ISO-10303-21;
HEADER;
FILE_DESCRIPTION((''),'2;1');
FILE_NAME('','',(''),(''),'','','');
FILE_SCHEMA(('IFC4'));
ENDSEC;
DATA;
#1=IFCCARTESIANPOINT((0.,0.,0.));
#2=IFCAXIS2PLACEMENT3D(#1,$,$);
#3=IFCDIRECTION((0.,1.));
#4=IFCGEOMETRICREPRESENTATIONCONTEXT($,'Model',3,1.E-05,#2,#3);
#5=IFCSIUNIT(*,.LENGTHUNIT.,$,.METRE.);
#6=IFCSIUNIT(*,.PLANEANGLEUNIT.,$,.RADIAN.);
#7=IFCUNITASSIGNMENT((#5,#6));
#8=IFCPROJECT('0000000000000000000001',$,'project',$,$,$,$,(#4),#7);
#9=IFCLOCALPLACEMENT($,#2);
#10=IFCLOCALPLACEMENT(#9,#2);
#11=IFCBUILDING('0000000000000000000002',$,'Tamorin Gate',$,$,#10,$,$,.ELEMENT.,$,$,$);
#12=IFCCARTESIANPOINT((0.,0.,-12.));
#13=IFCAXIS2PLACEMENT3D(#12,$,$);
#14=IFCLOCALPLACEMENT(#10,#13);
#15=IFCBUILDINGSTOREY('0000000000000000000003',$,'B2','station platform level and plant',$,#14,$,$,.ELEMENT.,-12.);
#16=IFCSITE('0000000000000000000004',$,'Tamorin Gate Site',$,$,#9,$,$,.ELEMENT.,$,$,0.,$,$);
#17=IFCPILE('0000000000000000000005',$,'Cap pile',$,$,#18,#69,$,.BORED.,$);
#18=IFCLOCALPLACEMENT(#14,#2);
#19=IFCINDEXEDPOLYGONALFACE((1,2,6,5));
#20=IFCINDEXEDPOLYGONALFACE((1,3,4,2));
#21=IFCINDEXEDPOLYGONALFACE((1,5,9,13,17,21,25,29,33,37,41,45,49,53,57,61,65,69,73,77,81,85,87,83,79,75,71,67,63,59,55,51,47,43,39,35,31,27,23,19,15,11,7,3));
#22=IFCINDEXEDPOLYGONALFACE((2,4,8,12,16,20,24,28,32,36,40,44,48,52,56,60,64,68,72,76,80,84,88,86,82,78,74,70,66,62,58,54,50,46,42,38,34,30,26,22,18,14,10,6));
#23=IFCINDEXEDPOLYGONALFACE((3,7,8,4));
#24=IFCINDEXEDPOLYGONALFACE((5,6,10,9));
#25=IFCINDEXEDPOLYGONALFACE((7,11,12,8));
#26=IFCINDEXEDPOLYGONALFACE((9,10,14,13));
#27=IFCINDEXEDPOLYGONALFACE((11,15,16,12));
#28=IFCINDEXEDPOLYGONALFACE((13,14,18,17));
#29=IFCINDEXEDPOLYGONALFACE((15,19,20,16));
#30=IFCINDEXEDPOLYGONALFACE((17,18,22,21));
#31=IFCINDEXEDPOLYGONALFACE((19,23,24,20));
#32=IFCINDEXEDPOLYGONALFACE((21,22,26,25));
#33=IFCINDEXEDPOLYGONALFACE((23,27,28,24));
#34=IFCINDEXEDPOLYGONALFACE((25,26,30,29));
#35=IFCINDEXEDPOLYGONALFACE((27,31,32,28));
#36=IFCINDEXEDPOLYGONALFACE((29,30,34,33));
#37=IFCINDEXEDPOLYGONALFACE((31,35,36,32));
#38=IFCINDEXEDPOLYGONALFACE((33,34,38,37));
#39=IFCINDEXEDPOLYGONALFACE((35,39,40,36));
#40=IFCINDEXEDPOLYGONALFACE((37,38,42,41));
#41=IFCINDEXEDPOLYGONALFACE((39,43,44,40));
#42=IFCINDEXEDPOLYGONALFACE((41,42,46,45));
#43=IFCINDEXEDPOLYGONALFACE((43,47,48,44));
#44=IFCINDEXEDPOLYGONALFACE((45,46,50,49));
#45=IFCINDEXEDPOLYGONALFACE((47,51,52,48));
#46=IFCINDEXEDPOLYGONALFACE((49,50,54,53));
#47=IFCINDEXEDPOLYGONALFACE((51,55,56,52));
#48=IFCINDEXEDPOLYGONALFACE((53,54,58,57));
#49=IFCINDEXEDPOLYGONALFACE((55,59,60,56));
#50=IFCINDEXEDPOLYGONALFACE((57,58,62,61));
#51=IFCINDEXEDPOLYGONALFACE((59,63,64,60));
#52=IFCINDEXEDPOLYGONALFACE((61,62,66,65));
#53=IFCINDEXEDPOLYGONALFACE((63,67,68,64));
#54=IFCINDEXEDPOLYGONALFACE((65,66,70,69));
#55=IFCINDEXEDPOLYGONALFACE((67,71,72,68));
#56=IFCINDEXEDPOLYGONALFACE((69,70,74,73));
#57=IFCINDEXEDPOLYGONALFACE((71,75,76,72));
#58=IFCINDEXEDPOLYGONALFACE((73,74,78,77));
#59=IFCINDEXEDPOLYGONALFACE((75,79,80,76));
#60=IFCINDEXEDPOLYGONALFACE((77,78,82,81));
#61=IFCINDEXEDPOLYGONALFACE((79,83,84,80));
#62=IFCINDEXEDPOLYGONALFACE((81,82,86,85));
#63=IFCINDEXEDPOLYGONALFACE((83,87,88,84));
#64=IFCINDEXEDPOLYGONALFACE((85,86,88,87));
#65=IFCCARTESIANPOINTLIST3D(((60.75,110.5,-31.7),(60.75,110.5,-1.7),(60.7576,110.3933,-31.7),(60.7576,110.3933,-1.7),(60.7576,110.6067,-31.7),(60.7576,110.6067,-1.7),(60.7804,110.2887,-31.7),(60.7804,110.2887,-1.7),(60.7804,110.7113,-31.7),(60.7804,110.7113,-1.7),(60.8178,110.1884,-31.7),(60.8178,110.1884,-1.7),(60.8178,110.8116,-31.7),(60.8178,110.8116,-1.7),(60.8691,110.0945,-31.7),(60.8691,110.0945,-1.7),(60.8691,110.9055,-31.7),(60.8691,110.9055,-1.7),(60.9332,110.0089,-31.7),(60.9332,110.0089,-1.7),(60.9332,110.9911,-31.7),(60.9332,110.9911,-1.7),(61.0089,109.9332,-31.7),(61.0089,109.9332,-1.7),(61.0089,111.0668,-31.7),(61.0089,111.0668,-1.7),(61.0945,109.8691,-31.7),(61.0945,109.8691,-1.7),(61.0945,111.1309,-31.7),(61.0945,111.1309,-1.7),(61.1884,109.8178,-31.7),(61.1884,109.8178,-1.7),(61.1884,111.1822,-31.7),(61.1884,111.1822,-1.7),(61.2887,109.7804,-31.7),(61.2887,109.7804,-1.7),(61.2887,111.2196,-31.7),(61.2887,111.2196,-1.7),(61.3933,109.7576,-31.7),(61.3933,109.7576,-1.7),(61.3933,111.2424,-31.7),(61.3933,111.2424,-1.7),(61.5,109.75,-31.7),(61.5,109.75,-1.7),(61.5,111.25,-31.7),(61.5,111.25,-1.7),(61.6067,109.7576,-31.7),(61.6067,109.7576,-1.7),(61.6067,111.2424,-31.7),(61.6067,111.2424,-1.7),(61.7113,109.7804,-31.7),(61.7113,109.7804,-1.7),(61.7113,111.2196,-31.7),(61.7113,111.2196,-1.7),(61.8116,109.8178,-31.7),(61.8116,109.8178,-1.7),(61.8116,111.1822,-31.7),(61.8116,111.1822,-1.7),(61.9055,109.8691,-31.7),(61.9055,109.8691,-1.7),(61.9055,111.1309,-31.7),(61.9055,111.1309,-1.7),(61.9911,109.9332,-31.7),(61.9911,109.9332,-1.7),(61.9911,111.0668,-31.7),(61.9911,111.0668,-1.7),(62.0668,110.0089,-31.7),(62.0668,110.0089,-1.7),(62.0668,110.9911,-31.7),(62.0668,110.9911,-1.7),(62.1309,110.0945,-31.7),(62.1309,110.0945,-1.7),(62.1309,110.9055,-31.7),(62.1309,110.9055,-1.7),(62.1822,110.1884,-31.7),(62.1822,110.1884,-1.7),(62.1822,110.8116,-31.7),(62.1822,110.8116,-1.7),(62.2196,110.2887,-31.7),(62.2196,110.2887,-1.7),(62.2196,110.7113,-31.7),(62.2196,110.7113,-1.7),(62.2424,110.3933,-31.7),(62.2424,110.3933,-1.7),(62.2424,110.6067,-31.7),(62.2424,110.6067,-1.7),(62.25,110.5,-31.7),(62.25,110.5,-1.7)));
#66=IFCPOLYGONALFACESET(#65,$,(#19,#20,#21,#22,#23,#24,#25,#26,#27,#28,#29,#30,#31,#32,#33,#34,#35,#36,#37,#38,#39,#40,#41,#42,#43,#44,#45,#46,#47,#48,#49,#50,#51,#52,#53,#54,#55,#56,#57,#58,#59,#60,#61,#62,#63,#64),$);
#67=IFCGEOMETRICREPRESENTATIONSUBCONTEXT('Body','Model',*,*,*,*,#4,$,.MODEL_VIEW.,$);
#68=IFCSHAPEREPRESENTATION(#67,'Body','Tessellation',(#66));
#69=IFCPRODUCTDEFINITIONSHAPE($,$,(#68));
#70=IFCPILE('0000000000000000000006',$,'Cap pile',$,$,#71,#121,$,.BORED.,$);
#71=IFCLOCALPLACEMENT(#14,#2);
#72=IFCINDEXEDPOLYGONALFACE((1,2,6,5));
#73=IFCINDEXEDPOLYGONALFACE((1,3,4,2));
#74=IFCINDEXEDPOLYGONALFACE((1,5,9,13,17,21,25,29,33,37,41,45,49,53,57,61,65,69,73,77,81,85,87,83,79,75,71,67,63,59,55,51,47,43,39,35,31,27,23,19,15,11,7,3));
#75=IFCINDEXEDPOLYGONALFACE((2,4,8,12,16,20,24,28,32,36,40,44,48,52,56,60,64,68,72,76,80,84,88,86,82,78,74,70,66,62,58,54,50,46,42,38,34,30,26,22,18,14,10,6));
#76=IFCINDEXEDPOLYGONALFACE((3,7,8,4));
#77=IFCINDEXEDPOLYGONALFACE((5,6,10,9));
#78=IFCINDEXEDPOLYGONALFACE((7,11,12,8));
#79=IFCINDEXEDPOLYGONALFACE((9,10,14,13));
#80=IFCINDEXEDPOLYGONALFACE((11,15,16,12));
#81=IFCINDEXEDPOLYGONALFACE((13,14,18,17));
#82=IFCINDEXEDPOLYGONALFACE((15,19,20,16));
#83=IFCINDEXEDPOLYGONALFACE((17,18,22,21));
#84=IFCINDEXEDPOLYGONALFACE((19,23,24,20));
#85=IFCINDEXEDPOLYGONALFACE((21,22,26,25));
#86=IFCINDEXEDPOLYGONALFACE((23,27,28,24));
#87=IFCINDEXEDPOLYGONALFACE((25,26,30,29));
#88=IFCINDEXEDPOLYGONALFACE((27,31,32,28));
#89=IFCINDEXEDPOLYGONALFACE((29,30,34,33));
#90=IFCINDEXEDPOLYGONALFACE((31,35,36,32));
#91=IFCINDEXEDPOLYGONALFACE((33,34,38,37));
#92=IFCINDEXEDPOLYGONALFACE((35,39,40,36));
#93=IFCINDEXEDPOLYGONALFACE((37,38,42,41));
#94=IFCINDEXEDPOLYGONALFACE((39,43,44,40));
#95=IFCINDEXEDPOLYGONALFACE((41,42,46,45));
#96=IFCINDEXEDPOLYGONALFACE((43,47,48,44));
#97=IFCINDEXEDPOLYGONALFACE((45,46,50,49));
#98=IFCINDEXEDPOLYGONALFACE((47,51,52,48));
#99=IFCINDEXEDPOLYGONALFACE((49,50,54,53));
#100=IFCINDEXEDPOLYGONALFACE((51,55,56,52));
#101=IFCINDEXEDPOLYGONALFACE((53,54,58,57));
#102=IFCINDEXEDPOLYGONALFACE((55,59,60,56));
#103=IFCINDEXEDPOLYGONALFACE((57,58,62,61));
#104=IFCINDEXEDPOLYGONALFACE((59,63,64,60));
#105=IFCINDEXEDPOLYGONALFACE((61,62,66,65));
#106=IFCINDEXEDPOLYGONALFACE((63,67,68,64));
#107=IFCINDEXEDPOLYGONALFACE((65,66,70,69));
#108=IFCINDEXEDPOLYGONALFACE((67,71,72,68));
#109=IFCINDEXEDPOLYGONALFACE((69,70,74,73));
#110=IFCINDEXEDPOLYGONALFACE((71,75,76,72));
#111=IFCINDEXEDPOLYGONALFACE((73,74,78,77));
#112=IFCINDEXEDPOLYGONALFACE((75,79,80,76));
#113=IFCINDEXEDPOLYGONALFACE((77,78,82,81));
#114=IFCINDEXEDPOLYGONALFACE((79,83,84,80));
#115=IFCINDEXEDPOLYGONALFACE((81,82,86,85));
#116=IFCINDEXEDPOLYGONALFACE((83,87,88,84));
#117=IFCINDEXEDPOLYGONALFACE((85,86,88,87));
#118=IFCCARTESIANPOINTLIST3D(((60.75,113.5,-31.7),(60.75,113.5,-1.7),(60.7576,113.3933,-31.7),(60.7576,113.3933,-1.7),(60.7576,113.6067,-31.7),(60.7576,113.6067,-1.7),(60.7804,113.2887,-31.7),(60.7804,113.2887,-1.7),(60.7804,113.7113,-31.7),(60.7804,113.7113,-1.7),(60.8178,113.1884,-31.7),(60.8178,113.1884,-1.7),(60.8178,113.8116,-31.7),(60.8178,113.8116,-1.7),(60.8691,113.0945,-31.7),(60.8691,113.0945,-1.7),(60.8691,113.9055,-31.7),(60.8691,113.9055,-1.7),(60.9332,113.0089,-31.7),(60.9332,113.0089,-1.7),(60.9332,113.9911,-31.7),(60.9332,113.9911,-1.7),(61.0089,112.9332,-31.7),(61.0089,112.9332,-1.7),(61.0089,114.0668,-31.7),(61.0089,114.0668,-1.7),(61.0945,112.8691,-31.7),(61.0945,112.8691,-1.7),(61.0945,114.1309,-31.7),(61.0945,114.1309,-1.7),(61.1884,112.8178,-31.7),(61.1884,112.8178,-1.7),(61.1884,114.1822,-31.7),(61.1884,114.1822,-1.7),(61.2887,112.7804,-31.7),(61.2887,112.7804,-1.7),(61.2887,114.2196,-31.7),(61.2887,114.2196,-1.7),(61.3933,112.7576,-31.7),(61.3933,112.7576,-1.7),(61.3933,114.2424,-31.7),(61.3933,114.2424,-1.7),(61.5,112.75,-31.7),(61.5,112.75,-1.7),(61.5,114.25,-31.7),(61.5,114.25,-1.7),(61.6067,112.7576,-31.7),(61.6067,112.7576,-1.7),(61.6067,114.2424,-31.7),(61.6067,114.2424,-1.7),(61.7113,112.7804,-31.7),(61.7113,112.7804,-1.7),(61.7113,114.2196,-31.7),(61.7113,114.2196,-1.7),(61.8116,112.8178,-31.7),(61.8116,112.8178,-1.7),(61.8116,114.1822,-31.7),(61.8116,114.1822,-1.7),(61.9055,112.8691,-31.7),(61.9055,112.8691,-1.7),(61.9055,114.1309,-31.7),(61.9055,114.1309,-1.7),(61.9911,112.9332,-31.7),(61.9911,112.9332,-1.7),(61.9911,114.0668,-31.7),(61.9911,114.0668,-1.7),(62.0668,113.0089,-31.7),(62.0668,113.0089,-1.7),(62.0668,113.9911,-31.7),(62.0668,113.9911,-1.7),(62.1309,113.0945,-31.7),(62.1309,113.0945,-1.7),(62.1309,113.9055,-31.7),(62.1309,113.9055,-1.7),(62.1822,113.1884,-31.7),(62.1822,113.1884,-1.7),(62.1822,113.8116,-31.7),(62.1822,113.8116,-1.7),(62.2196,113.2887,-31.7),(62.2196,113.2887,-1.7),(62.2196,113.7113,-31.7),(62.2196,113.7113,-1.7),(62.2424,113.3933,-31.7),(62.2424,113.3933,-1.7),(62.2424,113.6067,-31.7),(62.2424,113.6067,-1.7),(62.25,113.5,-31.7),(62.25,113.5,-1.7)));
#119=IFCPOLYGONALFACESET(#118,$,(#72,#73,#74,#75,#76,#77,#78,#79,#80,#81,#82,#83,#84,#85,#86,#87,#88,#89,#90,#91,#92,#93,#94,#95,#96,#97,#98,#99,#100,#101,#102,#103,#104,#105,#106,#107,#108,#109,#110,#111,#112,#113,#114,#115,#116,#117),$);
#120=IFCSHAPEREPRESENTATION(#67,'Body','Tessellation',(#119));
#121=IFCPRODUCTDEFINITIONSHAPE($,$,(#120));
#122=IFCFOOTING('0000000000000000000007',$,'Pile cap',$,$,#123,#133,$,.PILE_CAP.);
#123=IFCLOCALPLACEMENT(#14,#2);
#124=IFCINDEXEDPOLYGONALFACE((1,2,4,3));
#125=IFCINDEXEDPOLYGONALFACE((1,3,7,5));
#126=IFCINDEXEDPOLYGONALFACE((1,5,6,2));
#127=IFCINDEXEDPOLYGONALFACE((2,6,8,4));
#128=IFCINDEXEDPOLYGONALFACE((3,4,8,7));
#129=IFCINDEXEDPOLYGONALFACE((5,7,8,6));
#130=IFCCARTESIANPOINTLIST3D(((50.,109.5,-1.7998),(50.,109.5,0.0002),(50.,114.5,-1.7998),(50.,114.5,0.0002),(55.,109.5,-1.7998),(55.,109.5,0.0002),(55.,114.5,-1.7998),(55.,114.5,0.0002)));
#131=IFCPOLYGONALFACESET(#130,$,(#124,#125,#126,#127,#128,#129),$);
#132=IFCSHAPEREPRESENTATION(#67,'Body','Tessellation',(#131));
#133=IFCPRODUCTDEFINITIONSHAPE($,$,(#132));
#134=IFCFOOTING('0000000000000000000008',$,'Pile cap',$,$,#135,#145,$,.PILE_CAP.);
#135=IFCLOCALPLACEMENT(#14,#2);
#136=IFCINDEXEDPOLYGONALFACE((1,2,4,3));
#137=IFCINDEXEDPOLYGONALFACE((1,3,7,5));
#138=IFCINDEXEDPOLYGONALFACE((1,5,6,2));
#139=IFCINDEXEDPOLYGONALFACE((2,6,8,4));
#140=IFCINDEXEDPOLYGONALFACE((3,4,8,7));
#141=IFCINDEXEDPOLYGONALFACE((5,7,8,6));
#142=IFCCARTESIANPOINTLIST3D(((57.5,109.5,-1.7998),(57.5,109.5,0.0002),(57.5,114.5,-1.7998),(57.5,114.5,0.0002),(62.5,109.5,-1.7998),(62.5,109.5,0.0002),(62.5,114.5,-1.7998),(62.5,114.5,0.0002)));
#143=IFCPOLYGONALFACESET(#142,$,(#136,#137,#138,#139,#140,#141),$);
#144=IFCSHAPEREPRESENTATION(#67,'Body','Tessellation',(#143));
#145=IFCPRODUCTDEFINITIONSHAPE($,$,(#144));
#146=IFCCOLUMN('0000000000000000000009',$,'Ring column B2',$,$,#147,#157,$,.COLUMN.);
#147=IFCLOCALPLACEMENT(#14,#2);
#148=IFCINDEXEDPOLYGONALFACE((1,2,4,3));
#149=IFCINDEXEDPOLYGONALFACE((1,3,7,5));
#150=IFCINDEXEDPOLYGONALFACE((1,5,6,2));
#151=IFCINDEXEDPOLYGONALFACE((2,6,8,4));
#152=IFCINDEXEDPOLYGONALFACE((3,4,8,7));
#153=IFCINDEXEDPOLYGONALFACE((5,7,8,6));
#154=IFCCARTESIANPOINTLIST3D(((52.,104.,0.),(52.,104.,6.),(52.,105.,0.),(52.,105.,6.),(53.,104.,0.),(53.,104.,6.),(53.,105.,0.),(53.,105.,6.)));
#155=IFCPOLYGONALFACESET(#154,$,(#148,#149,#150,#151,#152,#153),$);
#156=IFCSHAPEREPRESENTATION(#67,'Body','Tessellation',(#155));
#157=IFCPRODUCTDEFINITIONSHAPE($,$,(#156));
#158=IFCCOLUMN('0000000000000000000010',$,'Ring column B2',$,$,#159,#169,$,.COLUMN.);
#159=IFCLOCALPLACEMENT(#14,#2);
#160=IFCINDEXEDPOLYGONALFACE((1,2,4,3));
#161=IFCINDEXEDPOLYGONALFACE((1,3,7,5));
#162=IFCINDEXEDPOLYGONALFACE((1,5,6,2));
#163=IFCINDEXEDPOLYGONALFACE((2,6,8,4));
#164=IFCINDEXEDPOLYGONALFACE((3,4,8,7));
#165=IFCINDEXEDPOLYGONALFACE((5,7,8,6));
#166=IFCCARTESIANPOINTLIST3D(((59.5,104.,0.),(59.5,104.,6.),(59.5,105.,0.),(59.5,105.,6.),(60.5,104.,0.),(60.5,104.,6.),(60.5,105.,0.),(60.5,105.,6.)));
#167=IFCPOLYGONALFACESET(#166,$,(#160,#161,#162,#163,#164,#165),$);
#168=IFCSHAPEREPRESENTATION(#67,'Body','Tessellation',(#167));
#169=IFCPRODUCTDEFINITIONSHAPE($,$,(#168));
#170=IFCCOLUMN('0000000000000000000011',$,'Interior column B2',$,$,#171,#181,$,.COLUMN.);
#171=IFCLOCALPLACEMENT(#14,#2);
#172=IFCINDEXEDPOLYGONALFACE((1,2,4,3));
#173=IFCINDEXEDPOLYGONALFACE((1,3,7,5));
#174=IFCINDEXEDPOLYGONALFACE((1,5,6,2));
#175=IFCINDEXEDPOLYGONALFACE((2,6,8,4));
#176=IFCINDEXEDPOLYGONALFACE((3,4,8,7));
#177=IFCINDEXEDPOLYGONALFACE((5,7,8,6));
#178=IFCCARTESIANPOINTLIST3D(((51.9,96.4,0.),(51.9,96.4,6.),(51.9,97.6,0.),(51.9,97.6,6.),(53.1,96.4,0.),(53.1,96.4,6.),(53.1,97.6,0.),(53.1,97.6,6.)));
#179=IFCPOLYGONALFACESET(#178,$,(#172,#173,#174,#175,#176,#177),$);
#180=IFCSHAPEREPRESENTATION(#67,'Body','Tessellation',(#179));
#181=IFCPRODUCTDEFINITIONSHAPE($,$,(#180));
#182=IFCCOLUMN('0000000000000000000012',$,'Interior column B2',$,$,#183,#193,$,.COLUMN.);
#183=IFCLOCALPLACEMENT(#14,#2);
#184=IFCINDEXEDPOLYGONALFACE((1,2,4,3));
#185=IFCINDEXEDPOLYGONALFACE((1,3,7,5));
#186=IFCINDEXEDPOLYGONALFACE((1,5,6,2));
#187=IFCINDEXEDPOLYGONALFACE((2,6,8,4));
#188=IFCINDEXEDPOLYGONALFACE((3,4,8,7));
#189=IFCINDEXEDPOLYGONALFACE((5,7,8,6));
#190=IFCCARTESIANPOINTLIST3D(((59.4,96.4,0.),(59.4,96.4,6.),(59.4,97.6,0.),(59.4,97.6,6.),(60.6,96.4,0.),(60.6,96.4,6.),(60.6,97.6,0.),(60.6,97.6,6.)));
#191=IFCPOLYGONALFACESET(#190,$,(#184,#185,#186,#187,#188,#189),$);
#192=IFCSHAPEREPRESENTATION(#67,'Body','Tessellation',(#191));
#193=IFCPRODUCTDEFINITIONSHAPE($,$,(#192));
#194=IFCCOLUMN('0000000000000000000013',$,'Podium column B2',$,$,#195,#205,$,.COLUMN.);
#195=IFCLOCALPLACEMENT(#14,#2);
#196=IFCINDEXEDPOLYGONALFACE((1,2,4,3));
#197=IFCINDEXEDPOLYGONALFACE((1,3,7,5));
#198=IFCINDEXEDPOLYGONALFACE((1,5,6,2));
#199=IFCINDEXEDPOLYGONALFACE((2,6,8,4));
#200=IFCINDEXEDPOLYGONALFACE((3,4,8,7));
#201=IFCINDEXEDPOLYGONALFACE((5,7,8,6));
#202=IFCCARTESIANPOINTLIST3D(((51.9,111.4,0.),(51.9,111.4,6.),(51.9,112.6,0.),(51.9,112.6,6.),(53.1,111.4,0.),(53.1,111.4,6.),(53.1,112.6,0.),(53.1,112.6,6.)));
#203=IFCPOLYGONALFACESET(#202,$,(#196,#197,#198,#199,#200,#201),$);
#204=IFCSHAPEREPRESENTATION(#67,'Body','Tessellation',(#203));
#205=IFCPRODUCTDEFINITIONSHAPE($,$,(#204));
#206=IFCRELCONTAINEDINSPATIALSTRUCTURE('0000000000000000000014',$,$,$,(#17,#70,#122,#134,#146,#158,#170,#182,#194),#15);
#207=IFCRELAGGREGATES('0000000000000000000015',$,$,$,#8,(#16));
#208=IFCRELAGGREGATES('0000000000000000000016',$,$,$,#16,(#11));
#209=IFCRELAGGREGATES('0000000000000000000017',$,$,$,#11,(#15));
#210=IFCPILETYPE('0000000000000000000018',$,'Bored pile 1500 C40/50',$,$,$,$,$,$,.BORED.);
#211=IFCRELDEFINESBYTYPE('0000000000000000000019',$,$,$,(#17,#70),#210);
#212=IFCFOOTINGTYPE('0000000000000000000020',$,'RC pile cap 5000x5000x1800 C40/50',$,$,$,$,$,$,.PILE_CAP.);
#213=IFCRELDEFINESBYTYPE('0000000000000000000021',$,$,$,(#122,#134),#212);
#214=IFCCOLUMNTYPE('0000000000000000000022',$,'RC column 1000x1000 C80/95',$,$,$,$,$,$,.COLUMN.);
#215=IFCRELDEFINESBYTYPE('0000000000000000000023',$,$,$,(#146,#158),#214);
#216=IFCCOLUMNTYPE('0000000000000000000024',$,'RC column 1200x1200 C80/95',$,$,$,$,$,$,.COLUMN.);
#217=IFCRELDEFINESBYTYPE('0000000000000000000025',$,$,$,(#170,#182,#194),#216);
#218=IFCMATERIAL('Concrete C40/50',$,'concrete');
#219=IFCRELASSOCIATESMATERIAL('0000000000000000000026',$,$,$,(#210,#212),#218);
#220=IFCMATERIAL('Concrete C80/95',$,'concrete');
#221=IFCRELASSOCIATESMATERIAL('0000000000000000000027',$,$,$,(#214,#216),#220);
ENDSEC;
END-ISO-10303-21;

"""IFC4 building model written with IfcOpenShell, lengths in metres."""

from ifc_helpers import new_model, si_unit, direction, frame, origin, origin_2d, place, context, subcontext, project, spatial, rectangle, circle, extrude, material, material_profile, profile_set, type_object, element, save


model = new_model("IFC4")

# Units and contexts
model_context = context("Model", 3, precision=1e-05, world=origin(), true_north=direction((0.0, 1.0)))
body_context = subcontext(model_context, "Body", "Model", "MODEL_VIEW")
ifc_project = project(units=[si_unit("LENGTHUNIT", "METRE"), si_unit("PLANEANGLEUNIT", "RADIAN")], contexts=[model_context])

# Site, building, storey
site_placement = place(None, origin())
site = spatial("IfcSite", under=ifc_project, at=site_placement, Name="Tamorin Gate Site", CompositionType="ELEMENT", RefElevation=0.0)
building_placement = place(site_placement, origin())
building = spatial("IfcBuilding", under=site, at=building_placement, Name="Tamorin Gate", CompositionType="ELEMENT")
storey_placement = place(building_placement, frame((0.0, 0.0, -12.0)))
storey = spatial("IfcBuildingStorey", under=building, at=storey_placement, Name="B2", Description="station platform level and plant", CompositionType="ELEMENT", Elevation=-12.0)

# Piles
ifc_material_1 = material(Name="Concrete C40/50", Category="concrete")
ifc_material_profile_1 = material_profile(ifc_material_1, circle(Radius=0.75, at=origin_2d()))
ifc_profile_set_1 = profile_set([ifc_material_profile_1], Name="Concrete C40/50")
pile_type = type_object("IfcPileType", Name="Bored pile 1500 C40/50", PredefinedType="BORED", material=ifc_profile_set_1)
for number, where, z_axis, x_axis, name in (
    (1, (61.5, 110.5, -1.7), (0.0, 0.0, -1.0), (1.0, 0.0, 0.0), "Cap pile"),
    (2, (61.5, 113.5, -1.7), (0.0, 0.0, -1.0), (1.0, 0.0, 0.0), "Cap pile"),
):
    element("IfcPile", number, at=place(storey_placement, frame(where, z_axis=z_axis, x_axis=x_axis)), inside=storey, type_object=pile_type, Name=name, PredefinedType="BORED", context=body_context, shape_type="SweptSolid", body=[
        extrude(circle(Radius=0.75, at=origin_2d()), origin(), (0.0, 0.0, 1.0), 30.0),
    ])

# Footings
footing_type = type_object("IfcFootingType", Name="RC pile cap 5000x5000x1800 C40/50", PredefinedType="PILE_CAP", material=ifc_material_1)
for number, where, z_axis, x_axis, name in (
    (3, (52.5, 112.0, -1.7998), (0.0, 0.0, 1.0), (1.0, 0.0, 0.0), "Pile cap"),
    (4, (60.0, 112.0, -1.7998), (0.0, 0.0, 1.0), (1.0, 0.0, 0.0), "Pile cap"),
):
    element("IfcFooting", number, at=place(storey_placement, frame(where, z_axis=z_axis, x_axis=x_axis)), inside=storey, type_object=footing_type, Name=name, PredefinedType="PILE_CAP", context=body_context, shape_type="SweptSolid", body=[
        extrude(rectangle(XDim=5.0, YDim=5.0, at=origin_2d()), origin(), (0.0, 0.0, 1.0), 1.8),
    ])

# Columns
ifc_material_2 = material(Name="Concrete C80/95", Category="concrete")
ifc_material_profile_2 = material_profile(ifc_material_2, rectangle(XDim=1.0, YDim=1.0, at=origin_2d()), Name="RC 1000x1000")
ifc_profile_set_2 = profile_set([ifc_material_profile_2], Name="Concrete C80/95")
column_type_1 = type_object("IfcColumnType", Name="RC column 1000x1000 C80/95", PredefinedType="COLUMN", material=ifc_profile_set_2)
for number, where, z_axis, x_axis, name in (
    (5, (52.5, 104.5, 0.0), (0.0, 0.0, 1.0), (1.0, 0.0, 0.0), "Ring column B2"),
    (6, (60.0, 104.5, 0.0), (0.0, 0.0, 1.0), (1.0, 0.0, 0.0), "Ring column B2"),
):
    element("IfcColumn", number, at=place(storey_placement, frame(where, z_axis=z_axis, x_axis=x_axis)), inside=storey, type_object=column_type_1, Name=name, PredefinedType="COLUMN", context=body_context, shape_type="SweptSolid", body=[
        extrude(rectangle(XDim=1.0, YDim=1.0, at=origin_2d()), origin(), (0.0, 0.0, 1.0), 6.0),
    ])
ifc_material_profile_3 = material_profile(ifc_material_2, rectangle(XDim=1.2, YDim=1.2, at=origin_2d()), Name="RC 1200x1200")
ifc_profile_set_3 = profile_set([ifc_material_profile_3], Name="Concrete C80/95")
column_type_2 = type_object("IfcColumnType", Name="RC column 1200x1200 C80/95", PredefinedType="COLUMN", material=ifc_profile_set_3)
for number, where, z_axis, x_axis, name in (
    (7, (52.5, 97.0, 0.0), (0.0, 0.0, 1.0), (1.0, 0.0, 0.0), "Interior column B2"),
    (8, (60.0, 97.0, 0.0), (0.0, 0.0, 1.0), (1.0, 0.0, 0.0), "Interior column B2"),
    (9, (52.5, 112.0, 0.0), (0.0, 0.0, 1.0), (1.0, 0.0, 0.0), "Podium column B2"),
):
    element("IfcColumn", number, at=place(storey_placement, frame(where, z_axis=z_axis, x_axis=x_axis)), inside=storey, type_object=column_type_2, Name=name, PredefinedType="COLUMN", context=body_context, shape_type="SweptSolid", body=[
        extrude(rectangle(XDim=1.2, YDim=1.2, at=origin_2d()), origin(), (0.0, 0.0, 1.0), 6.0),
    ])

save(model, "model.ifc")
